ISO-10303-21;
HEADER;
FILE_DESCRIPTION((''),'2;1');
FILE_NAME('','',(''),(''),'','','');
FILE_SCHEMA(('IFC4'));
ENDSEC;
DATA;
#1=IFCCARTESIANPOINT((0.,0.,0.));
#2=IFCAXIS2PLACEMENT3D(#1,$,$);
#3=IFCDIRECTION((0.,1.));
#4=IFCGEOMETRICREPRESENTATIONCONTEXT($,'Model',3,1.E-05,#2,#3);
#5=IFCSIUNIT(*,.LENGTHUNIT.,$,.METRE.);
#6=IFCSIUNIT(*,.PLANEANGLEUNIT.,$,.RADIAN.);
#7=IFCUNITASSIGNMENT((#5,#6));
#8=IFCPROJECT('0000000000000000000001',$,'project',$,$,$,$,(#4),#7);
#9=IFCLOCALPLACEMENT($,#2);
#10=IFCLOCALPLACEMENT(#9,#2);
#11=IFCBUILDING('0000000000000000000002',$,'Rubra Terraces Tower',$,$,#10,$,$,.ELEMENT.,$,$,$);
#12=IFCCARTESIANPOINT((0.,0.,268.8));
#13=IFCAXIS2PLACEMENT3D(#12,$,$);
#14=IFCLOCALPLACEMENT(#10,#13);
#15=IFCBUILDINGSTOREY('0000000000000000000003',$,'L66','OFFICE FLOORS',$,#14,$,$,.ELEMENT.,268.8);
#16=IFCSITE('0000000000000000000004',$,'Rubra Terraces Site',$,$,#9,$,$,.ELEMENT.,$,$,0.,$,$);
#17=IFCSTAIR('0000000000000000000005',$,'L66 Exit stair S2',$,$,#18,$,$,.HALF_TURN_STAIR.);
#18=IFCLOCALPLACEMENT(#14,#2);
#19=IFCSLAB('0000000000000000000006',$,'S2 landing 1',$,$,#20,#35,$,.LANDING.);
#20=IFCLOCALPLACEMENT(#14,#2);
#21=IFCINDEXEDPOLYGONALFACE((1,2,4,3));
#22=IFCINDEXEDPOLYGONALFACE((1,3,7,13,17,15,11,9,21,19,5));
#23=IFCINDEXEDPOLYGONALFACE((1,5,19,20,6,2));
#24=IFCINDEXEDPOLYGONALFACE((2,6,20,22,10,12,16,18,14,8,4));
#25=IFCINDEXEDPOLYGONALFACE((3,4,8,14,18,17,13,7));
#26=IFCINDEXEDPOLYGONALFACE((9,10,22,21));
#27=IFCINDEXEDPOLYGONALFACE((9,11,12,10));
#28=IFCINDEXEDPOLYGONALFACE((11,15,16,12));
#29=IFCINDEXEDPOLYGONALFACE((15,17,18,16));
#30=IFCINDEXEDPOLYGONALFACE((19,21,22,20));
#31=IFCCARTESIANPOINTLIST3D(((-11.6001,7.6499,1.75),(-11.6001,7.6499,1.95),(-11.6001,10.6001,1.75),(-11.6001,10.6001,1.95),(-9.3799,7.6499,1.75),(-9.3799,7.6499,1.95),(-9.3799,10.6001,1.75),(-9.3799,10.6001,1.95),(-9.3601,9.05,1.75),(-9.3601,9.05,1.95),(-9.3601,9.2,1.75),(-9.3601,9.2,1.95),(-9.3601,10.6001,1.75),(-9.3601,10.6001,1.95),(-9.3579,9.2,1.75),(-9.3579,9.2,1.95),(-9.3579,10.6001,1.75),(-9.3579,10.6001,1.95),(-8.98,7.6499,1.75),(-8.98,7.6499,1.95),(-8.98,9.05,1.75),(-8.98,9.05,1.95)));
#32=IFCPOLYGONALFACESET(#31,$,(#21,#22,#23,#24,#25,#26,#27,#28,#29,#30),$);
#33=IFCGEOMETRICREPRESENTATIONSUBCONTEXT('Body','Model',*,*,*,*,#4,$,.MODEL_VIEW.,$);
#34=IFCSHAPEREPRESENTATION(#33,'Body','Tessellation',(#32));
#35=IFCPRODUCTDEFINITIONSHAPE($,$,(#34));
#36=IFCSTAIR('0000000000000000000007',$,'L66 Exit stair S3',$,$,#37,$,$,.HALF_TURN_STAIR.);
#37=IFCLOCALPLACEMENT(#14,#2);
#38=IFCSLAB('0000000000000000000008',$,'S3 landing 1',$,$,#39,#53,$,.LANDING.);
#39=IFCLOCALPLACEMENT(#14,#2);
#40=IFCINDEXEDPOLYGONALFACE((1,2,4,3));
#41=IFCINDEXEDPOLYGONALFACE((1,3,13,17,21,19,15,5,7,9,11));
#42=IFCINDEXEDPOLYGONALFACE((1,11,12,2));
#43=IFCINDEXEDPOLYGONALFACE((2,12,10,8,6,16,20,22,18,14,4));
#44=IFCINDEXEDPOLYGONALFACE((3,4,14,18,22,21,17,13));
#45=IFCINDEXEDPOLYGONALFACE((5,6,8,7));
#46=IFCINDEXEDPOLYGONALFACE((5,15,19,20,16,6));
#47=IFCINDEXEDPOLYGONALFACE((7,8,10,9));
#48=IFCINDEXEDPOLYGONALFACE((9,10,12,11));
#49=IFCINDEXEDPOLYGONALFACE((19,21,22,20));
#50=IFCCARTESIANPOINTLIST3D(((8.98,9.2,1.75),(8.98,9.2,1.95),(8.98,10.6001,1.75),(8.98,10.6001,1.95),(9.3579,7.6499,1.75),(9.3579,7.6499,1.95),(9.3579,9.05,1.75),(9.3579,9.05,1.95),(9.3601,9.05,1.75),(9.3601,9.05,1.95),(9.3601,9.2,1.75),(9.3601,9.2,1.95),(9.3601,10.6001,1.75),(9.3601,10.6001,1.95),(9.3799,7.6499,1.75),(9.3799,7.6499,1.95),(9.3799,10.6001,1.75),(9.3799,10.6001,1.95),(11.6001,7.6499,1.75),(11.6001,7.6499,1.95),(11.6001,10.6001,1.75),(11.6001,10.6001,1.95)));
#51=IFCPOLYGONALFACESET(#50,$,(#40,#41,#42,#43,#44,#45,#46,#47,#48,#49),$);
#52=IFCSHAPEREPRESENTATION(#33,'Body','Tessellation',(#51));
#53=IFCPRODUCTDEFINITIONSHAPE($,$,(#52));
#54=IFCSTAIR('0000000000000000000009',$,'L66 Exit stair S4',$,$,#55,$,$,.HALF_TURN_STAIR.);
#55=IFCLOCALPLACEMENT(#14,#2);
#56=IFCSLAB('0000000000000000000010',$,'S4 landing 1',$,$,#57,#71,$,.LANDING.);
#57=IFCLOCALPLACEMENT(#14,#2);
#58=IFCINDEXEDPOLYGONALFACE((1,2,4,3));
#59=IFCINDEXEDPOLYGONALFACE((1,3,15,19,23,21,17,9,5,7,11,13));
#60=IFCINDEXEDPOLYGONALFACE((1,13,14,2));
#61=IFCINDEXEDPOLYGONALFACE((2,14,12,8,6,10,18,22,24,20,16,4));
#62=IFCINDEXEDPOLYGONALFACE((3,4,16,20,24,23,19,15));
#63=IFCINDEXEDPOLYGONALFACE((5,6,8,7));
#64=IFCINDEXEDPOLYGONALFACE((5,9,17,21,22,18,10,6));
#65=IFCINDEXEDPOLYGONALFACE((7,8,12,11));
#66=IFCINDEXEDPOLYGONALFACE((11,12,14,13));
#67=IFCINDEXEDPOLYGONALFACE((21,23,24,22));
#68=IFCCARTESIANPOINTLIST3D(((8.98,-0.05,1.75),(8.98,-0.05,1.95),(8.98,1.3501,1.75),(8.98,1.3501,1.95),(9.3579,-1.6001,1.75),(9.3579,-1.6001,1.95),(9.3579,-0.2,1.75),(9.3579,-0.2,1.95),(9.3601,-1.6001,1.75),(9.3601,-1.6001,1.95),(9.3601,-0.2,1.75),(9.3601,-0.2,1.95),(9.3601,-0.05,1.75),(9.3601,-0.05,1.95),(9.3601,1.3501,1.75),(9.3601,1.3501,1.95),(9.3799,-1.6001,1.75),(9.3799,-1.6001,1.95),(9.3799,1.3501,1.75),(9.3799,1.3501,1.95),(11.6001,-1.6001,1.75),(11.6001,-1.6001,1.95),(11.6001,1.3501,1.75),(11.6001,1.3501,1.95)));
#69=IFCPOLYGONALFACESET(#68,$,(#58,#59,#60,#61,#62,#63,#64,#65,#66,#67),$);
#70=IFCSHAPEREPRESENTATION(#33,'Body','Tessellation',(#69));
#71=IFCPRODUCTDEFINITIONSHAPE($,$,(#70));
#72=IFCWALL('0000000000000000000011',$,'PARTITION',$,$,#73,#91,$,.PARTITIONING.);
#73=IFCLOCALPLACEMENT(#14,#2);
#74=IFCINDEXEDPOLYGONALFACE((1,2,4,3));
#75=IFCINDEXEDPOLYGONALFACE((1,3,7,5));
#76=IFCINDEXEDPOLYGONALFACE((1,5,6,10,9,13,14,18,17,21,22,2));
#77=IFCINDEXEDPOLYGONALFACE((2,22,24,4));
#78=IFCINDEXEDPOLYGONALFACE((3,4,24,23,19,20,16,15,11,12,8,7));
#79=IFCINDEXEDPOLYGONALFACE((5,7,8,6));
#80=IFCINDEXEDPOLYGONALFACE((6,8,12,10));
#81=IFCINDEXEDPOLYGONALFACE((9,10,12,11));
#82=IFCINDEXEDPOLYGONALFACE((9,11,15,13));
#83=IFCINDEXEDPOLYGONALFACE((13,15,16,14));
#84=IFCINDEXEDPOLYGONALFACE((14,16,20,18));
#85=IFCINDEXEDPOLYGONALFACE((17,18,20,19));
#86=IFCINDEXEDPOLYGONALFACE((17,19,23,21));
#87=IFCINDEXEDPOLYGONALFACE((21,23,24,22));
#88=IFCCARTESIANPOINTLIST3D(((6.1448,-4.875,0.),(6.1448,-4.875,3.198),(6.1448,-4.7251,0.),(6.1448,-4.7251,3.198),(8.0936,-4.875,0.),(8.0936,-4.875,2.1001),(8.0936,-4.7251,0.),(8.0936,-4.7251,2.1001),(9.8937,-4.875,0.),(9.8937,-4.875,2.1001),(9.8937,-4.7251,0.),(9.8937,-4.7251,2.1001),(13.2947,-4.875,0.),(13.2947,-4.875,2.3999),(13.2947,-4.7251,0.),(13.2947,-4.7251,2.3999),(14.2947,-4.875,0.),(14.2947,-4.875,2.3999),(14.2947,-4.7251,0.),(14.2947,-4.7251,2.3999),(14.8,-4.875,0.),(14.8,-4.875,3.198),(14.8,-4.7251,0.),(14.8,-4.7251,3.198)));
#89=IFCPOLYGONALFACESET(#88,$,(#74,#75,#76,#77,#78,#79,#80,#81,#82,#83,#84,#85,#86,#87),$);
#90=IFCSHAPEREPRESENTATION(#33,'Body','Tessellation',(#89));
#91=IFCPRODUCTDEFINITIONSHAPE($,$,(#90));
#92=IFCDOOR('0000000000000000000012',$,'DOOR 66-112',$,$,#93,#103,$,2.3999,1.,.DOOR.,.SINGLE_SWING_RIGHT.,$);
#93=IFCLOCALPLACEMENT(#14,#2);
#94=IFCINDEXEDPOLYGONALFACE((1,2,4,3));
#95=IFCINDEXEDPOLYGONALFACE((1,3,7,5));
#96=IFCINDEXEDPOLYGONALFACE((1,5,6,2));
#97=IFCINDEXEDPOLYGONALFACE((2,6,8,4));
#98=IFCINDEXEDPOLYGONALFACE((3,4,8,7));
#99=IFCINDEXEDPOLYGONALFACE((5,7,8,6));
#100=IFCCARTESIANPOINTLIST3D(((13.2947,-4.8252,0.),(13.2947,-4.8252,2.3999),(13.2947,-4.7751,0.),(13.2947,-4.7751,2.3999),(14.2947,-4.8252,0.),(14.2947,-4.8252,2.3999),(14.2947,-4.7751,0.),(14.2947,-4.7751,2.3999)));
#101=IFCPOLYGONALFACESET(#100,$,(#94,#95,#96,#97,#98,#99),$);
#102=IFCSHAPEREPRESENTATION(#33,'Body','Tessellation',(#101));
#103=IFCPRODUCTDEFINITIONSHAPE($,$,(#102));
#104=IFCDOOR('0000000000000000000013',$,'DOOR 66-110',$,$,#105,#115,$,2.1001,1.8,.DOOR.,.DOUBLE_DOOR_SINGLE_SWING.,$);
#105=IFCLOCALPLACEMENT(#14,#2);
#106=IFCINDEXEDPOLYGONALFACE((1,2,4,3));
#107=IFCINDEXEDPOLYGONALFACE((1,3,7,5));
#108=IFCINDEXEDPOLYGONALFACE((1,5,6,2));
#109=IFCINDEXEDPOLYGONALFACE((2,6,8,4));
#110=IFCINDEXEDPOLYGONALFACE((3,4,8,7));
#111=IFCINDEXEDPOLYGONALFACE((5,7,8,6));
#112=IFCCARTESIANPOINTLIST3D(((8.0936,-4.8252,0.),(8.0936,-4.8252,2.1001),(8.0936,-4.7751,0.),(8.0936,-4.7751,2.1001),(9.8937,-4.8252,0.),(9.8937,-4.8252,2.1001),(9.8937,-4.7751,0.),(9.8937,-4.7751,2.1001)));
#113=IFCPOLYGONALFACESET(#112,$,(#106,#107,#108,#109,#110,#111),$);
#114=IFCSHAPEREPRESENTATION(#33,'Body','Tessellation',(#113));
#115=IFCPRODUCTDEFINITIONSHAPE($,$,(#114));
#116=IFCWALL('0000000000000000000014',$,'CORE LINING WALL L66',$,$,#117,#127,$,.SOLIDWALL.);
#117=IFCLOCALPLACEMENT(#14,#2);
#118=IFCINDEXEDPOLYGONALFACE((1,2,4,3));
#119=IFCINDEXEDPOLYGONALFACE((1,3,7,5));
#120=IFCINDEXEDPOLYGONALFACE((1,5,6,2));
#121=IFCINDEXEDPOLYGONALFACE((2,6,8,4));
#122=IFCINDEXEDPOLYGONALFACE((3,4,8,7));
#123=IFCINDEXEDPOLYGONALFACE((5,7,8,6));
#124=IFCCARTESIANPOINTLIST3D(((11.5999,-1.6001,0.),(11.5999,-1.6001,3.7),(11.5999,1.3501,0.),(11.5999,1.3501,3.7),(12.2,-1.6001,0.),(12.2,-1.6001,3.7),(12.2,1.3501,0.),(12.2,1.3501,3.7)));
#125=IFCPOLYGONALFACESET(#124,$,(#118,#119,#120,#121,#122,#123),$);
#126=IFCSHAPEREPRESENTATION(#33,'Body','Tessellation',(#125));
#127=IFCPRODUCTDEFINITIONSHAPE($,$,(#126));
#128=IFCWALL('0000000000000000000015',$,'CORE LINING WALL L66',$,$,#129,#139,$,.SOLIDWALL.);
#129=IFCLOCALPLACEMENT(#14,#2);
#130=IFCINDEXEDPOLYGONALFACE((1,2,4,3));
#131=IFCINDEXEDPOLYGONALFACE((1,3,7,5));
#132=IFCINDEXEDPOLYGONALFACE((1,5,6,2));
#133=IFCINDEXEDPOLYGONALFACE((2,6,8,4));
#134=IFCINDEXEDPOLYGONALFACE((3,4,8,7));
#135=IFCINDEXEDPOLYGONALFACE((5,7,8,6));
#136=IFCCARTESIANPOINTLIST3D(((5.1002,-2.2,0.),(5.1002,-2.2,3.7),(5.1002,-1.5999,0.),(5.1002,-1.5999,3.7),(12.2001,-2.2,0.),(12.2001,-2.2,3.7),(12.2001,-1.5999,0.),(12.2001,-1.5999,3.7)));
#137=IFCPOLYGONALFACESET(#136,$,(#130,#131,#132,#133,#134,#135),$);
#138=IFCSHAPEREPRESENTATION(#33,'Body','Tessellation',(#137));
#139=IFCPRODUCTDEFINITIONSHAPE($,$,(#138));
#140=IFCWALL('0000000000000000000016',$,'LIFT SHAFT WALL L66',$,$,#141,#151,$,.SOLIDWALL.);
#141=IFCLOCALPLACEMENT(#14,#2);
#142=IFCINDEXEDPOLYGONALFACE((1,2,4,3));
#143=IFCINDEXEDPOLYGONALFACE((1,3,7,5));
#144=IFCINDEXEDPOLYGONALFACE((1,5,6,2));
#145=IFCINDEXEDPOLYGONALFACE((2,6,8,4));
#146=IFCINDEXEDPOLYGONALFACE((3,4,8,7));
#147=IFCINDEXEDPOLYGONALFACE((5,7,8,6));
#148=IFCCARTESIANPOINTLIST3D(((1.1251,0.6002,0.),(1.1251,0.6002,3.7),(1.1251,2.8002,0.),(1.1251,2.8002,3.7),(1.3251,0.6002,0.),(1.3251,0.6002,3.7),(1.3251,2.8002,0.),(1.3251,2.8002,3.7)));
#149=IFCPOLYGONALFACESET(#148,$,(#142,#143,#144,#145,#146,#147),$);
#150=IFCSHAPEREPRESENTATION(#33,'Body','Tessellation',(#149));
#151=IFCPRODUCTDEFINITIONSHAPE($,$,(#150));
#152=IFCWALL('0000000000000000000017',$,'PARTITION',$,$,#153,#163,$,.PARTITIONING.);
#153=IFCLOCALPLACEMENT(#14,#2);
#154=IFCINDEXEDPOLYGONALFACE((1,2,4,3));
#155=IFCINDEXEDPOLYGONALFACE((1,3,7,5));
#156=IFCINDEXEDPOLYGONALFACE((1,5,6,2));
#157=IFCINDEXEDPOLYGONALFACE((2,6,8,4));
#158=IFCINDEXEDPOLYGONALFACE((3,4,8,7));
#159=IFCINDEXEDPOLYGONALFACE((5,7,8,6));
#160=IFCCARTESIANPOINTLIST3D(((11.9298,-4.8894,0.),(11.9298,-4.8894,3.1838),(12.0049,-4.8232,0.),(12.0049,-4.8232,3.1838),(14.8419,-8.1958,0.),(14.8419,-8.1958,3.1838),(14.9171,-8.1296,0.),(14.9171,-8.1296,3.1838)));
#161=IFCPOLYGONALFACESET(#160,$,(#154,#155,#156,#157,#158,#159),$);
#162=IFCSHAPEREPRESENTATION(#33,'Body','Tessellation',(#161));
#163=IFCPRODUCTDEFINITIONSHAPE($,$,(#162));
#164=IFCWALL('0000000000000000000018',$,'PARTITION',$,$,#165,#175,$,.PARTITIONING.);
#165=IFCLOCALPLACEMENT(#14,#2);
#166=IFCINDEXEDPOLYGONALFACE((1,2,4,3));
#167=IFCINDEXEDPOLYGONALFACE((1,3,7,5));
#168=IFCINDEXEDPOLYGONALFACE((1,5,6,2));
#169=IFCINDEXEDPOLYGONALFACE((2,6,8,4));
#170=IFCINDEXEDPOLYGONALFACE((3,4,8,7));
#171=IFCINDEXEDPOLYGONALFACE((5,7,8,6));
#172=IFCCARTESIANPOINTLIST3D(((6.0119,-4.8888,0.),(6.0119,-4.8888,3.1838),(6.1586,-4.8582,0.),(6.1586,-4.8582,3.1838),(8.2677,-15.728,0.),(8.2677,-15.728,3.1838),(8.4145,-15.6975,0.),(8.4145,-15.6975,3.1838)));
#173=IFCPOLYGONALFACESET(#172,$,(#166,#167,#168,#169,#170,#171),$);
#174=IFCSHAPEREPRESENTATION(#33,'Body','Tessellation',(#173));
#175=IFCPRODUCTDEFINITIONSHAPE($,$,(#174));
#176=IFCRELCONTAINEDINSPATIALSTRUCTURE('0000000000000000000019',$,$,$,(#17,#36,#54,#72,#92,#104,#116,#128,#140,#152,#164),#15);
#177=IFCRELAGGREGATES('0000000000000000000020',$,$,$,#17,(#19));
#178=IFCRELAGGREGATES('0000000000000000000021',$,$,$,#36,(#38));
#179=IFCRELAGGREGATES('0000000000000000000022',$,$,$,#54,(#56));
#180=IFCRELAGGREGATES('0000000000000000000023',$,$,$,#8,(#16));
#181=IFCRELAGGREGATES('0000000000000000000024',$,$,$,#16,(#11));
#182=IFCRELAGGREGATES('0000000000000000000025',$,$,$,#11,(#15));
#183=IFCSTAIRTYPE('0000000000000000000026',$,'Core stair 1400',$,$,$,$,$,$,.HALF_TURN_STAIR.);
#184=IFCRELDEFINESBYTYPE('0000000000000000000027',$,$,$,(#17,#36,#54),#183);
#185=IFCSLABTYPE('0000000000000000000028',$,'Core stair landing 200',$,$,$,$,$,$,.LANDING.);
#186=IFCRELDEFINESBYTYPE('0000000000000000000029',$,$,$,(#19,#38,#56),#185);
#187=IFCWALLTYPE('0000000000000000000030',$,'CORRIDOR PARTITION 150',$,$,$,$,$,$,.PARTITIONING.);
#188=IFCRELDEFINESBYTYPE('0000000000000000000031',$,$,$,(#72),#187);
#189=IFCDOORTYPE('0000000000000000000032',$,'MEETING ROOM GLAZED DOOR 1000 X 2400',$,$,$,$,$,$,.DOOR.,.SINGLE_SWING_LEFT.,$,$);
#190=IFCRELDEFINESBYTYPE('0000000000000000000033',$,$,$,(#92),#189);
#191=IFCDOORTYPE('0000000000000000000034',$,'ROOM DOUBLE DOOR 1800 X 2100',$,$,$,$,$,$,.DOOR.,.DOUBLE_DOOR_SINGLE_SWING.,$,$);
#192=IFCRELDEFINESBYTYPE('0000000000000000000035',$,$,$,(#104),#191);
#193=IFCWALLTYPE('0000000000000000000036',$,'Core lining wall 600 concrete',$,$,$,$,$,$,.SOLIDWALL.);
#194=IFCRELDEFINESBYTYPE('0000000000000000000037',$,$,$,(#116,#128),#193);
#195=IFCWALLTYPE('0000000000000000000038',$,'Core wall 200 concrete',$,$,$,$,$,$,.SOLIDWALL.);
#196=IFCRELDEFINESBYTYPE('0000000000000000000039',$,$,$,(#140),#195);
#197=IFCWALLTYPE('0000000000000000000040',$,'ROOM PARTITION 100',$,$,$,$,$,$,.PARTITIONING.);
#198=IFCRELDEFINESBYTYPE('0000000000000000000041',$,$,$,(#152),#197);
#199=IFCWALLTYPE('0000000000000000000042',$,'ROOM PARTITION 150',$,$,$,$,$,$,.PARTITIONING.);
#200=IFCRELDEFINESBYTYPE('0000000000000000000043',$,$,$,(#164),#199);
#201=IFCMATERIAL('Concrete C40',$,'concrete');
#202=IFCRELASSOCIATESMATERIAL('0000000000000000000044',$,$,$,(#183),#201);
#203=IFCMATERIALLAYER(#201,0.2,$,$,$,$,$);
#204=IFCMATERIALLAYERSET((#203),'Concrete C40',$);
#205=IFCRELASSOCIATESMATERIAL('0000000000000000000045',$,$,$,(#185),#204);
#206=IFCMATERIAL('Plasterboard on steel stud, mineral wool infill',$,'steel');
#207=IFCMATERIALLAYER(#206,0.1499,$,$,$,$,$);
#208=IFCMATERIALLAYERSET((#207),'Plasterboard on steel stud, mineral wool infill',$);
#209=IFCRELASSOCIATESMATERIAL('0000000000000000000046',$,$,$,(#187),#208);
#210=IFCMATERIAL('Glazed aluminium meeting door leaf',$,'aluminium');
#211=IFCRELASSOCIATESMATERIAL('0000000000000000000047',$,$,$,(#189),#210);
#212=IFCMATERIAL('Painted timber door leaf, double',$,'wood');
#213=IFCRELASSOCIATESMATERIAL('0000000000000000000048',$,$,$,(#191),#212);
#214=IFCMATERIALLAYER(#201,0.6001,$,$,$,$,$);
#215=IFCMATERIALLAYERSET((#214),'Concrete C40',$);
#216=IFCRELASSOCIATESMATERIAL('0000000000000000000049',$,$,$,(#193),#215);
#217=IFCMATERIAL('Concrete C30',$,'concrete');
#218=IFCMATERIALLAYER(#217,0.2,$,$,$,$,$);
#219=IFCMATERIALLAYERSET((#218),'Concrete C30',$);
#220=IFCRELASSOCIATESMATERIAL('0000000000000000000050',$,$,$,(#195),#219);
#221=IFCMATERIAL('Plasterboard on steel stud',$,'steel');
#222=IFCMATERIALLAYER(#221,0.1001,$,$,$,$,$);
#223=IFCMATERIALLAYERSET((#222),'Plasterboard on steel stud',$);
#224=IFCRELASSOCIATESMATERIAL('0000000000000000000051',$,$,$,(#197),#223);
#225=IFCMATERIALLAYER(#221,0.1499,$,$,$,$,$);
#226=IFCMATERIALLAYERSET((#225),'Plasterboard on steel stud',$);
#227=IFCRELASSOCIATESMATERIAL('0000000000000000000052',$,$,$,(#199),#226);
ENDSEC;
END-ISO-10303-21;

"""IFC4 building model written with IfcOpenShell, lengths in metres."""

from ifc_helpers import new_model, si_unit, direction, frame, frame_2d, origin, place, context, subcontext, project, spatial, polyline, rectangle, outline, extrude, material, layer, layer_set, type_object, element, fill, aggregate, save


model = new_model("IFC4")

# Units and contexts
model_context = context("Model", 3, precision=1e-05, world=origin(), true_north=direction((0.0, 1.0)))
body_context = subcontext(model_context, "Body", "Model", "MODEL_VIEW")
ifc_project = project(units=[si_unit("LENGTHUNIT", "METRE"), si_unit("PLANEANGLEUNIT", "RADIAN")], contexts=[model_context])

# Site, building, storey
site_placement = place(None, origin())
site = spatial("IfcSite", under=ifc_project, at=site_placement, Name="Rubra Terraces Site", CompositionType="ELEMENT", RefElevation=0.0)
building_placement = place(site_placement, origin())
building = spatial("IfcBuilding", under=site, at=building_placement, Name="Rubra Terraces Tower", CompositionType="ELEMENT")
storey_placement = place(building_placement, frame((0.0, 0.0, 268.8)))
storey = spatial("IfcBuildingStorey", under=building, at=storey_placement, Name="L66", Description="OFFICE FLOORS", CompositionType="ELEMENT", Elevation=268.8)

# Stairs, slabs
ifc_material_1 = material(Name="Concrete C40", Category="concrete")
stair_type = type_object("IfcStairType", Name="Core stair 1400", PredefinedType="HALF_TURN_STAIR", material=ifc_material_1)
stair_1_placement = place(storey_placement, origin())
stair_1 = element("IfcStair", 1, at=stair_1_placement, inside=storey, type_object=stair_type, Name="L66 Exit stair S2", PredefinedType="HALF_TURN_STAIR")
ifc_layer_1 = layer(ifc_material_1, 0.2)
ifc_layer_set_1 = layer_set([ifc_layer_1], Name="Concrete C40")
slab_type = type_object("IfcSlabType", Name="Core stair landing 200", PredefinedType="LANDING", material=ifc_layer_set_1)
slab_1_placement = place(storey_placement, frame((0.0, 0.0, 1.75)))
slab_1 = element("IfcSlab", 2, at=slab_1_placement, type_object=slab_type, Name="S2 landing 1", PredefinedType="LANDING", context=body_context, shape_type="SweptSolid", body=[
    extrude(outline(polyline([(-8.98, 9.05), (-8.98, 7.6499), (-9.3799, 7.6499), (-11.6001, 7.6499), (-11.6001, 10.6001), (-9.3799, 10.6001), (-9.3601, 10.6001), (-9.3579, 10.6001), (-9.3579, 9.2), (-9.3601, 9.2), (-9.3601, 9.05), (-8.98, 9.05)])), origin(), (0.0, 0.0, 1.0), 0.2),
])
aggregate(stair_1, [slab_1])
stair_2_placement = place(storey_placement, origin())
stair_2 = element("IfcStair", 3, at=stair_2_placement, inside=storey, type_object=stair_type, Name="L66 Exit stair S3", PredefinedType="HALF_TURN_STAIR")
slab_2_placement = place(storey_placement, frame((0.0, 0.0, 1.75)))
slab_2 = element("IfcSlab", 4, at=slab_2_placement, type_object=slab_type, Name="S3 landing 1", PredefinedType="LANDING", context=body_context, shape_type="SweptSolid", body=[
    extrude(outline(polyline([(9.3601, 9.05), (9.3601, 9.2), (8.98, 9.2), (8.98, 10.6001), (9.3601, 10.6001), (9.3799, 10.6001), (11.6001, 10.6001), (11.6001, 7.6499), (9.3799, 7.6499), (9.3579, 7.6499), (9.3579, 9.05), (9.3601, 9.05)])), origin(), (0.0, 0.0, 1.0), 0.2),
])
aggregate(stair_2, [slab_2])
stair_3_placement = place(storey_placement, origin())
stair_3 = element("IfcStair", 5, at=stair_3_placement, inside=storey, type_object=stair_type, Name="L66 Exit stair S4", PredefinedType="HALF_TURN_STAIR")
slab_3_placement = place(storey_placement, frame((0.0, 0.0, 1.75)))
slab_3 = element("IfcSlab", 6, at=slab_3_placement, type_object=slab_type, Name="S4 landing 1", PredefinedType="LANDING", context=body_context, shape_type="SweptSolid", body=[
    extrude(outline(polyline([(9.3601, -0.2), (9.3601, -0.05), (8.98, -0.05), (8.98, 1.3501), (9.3601, 1.3501), (9.3799, 1.3501), (11.6001, 1.3501), (11.6001, -1.6001), (9.3799, -1.6001), (9.3601, -1.6001), (9.3579, -1.6001), (9.3579, -0.2), (9.3601, -0.2)])), origin(), (0.0, 0.0, 1.0), 0.2),
])

# Wall, openings, doors
ifc_material_2 = material(Name="Plasterboard on steel stud, mineral wool infill", Category="steel")
ifc_layer_2 = layer(ifc_material_2, 0.1499)
ifc_layer_set_2 = layer_set([ifc_layer_2], Name="Plasterboard on steel stud, mineral wool infill")
wall_type_1 = type_object("IfcWallType", Name="CORRIDOR PARTITION 150", PredefinedType="PARTITIONING", material=ifc_layer_set_2)
wall_1_placement = place(storey_placement, frame((6.1448, -4.8, 0.0), z_axis=(0.0, 0.0, 1.0), x_axis=(1.0, 0.0, 0.0)))
wall_1 = element("IfcWall", 7, at=wall_1_placement, inside=storey, type_object=wall_type_1, Name="PARTITION", PredefinedType="PARTITIONING", context=body_context, shape_type="SweptSolid", body=[
    extrude(rectangle(XDim=8.6553, YDim=0.1499, at=frame_2d((4.3276, 0.0))), origin(), (0.0, 0.0, 1.0), 3.198),
])
opening_1_placement = place(wall_1_placement, frame((1.949, 0.0, 0.0)))
opening_1 = element("IfcOpeningElement", 8, at=opening_1_placement, cuts=wall_1, PredefinedType="OPENING", context=body_context, shape_type="SweptSolid", body=[
    extrude(rectangle(XDim=1.8, YDim=2.1001, at=frame_2d((0.8999, 1.05))), frame((0.0, 0.085, 0.0), z_axis=(0.0, -1.0, 0.0), x_axis=(1.0, 0.0, 0.0)), (0.0, 0.0, 1.0), 0.1699),
])
opening_2_placement = place(wall_1_placement, frame((7.1499, 0.0, 0.0)))
opening_2 = element("IfcOpeningElement", 9, at=opening_2_placement, cuts=wall_1, PredefinedType="OPENING", context=body_context, shape_type="SweptSolid", body=[
    extrude(rectangle(XDim=1.0, YDim=2.3999, at=frame_2d((0.5, 1.2))), frame((0.0, 0.085, 0.0), z_axis=(0.0, -1.0, 0.0), x_axis=(1.0, 0.0, 0.0)), (0.0, 0.0, 1.0), 0.1699),
])
ifc_material_3 = material(Name="Glazed aluminium meeting door leaf", Category="aluminium")
door_type_1 = type_object("IfcDoorType", Name="MEETING ROOM GLAZED DOOR 1000 X 2400", OperationType="SINGLE_SWING_LEFT", PredefinedType="DOOR", material=ifc_material_3)
door_1_placement = place(opening_2_placement, origin())
door_1 = element("IfcDoor", 10, at=door_1_placement, inside=storey, type_object=door_type_1, Name="DOOR 66-112", OperationType="SINGLE_SWING_RIGHT", OverallHeight=2.3999, OverallWidth=1.0, PredefinedType="DOOR", context=body_context, shape_type="SweptSolid", body=[
    extrude(rectangle(XDim=1.0, YDim=2.3999, at=frame_2d((0.5, 1.2))), frame((0.0, 0.0249, 0.0), z_axis=(0.0, -1.0, 0.0), x_axis=(1.0, 0.0, 0.0)), (0.0, 0.0, 1.0), 0.05),
])
fill(opening_2, door_1)
ifc_material_4 = material(Name="Painted timber door leaf, double", Category="wood")
door_type_2 = type_object("IfcDoorType", Name="ROOM DOUBLE DOOR 1800 X 2100", OperationType="DOUBLE_DOOR_SINGLE_SWING", PredefinedType="DOOR", material=ifc_material_4)
door_2_placement = place(opening_1_placement, origin())
door_2 = element("IfcDoor", 11, at=door_2_placement, inside=storey, type_object=door_type_2, Name="DOOR 66-110", OperationType="DOUBLE_DOOR_SINGLE_SWING", OverallHeight=2.1001, OverallWidth=1.8, PredefinedType="DOOR", context=body_context, shape_type="SweptSolid", body=[
    extrude(rectangle(XDim=1.8, YDim=2.1001, at=frame_2d((0.8999, 1.05))), frame((0.0, 0.0249, 0.0), z_axis=(0.0, -1.0, 0.0), x_axis=(1.0, 0.0, 0.0)), (0.0, 0.0, 1.0), 0.05),
])
fill(opening_1, door_2)

# Walls
ifc_layer_3 = layer(ifc_material_1, 0.6001)
ifc_layer_set_3 = layer_set([ifc_layer_3], Name="Concrete C40")
wall_type_2 = type_object("IfcWallType", Name="Core lining wall 600 concrete", PredefinedType="SOLIDWALL", material=ifc_layer_set_3)
wall_2_placement = place(storey_placement, frame((11.8999, 1.3501, 0.0), z_axis=(0.0, 0.0, 1.0), x_axis=(0.0, -1.0, 0.0)))
element("IfcWall", 12, at=wall_2_placement, inside=storey, type_object=wall_type_2, Name="CORE LINING WALL L66", PredefinedType="SOLIDWALL", context=body_context, shape_type="SweptSolid", body=[
    extrude(rectangle(XDim=2.9502, YDim=0.6001, at=frame_2d((1.4751, 0.0))), origin(), (0.0, 0.0, 1.0), 3.7),
])
wall_3_placement = place(storey_placement, frame((12.2, -1.8999, 0.0), z_axis=(0.0, 0.0, 1.0), x_axis=(-1.0, 0.0, 0.0)))
element("IfcWall", 13, at=wall_3_placement, inside=storey, type_object=wall_type_2, Name="CORE LINING WALL L66", PredefinedType="SOLIDWALL", context=body_context, shape_type="SweptSolid", body=[
    extrude(rectangle(XDim=7.0999, YDim=0.6001, at=frame_2d((3.5498, 0.0))), origin(), (0.0, 0.0, 1.0), 3.7),
])
ifc_material_5 = material(Name="Concrete C30", Category="concrete")
ifc_layer_4 = layer(ifc_material_5, 0.2)
ifc_layer_set_4 = layer_set([ifc_layer_4], Name="Concrete C30")
wall_type_3 = type_object("IfcWallType", Name="Core wall 200 concrete", PredefinedType="SOLIDWALL", material=ifc_layer_set_4)
wall_4_placement = place(storey_placement, frame((1.2251, 0.6001, 0.0), z_axis=(0.0, 0.0, 1.0), x_axis=(0.0, 1.0, 0.0)))
element("IfcWall", 14, at=wall_4_placement, inside=storey, type_object=wall_type_3, Name="LIFT SHAFT WALL L66", PredefinedType="SOLIDWALL", context=body_context, shape_type="SweptSolid", body=[
    extrude(rectangle(XDim=2.2, YDim=0.2, at=frame_2d((1.1001, 0.0))), origin(), (0.0, 0.0, 1.0), 3.7),
])
ifc_material_6 = material(Name="Plasterboard on steel stud", Category="steel")
ifc_layer_5 = layer(ifc_material_6, 0.1001)
ifc_layer_set_5 = layer_set([ifc_layer_5], Name="Plasterboard on steel stud")
wall_type_4 = type_object("IfcWallType", Name="ROOM PARTITION 100", PredefinedType="PARTITIONING", material=ifc_layer_set_5)
wall_5_placement = place(storey_placement, frame((11.9673, -4.8562, 0.0), z_axis=(0.0, 0.0, 1.0), x_axis=(0.660945, -0.750434, 0.0)))
element("IfcWall", 15, at=wall_5_placement, inside=storey, type_object=wall_type_4, Name="PARTITION", PredefinedType="PARTITIONING", context=body_context, shape_type="SweptSolid", body=[
    extrude(rectangle(XDim=4.406, YDim=0.1001, at=frame_2d((2.2031, 0.0))), origin(), (0.0, 0.0, 1.0), 3.1838),
])
ifc_layer_6 = layer(ifc_material_6, 0.1499)
ifc_layer_set_6 = layer_set([ifc_layer_6], Name="Plasterboard on steel stud")
wall_type_5 = type_object("IfcWallType", Name="ROOM PARTITION 150", PredefinedType="PARTITIONING", material=ifc_layer_set_6)
wall_6_placement = place(storey_placement, frame((8.3411, -15.7126, 0.0), z_axis=(0.0, 0.0, 1.0), x_axis=(-0.203752, 0.979023, 0.0)))
element("IfcWall", 16, at=wall_6_placement, inside=storey, type_object=wall_type_5, Name="PARTITION", PredefinedType="PARTITIONING", context=body_context, shape_type="SweptSolid", body=[
    extrude(rectangle(XDim=11.0715, YDim=0.1499, at=frame_2d((5.5356, 0.0))), origin(), (0.0, 0.0, 1.0), 3.1838),
])

aggregate(stair_3, [slab_3])

save(model, "model.ifc")
